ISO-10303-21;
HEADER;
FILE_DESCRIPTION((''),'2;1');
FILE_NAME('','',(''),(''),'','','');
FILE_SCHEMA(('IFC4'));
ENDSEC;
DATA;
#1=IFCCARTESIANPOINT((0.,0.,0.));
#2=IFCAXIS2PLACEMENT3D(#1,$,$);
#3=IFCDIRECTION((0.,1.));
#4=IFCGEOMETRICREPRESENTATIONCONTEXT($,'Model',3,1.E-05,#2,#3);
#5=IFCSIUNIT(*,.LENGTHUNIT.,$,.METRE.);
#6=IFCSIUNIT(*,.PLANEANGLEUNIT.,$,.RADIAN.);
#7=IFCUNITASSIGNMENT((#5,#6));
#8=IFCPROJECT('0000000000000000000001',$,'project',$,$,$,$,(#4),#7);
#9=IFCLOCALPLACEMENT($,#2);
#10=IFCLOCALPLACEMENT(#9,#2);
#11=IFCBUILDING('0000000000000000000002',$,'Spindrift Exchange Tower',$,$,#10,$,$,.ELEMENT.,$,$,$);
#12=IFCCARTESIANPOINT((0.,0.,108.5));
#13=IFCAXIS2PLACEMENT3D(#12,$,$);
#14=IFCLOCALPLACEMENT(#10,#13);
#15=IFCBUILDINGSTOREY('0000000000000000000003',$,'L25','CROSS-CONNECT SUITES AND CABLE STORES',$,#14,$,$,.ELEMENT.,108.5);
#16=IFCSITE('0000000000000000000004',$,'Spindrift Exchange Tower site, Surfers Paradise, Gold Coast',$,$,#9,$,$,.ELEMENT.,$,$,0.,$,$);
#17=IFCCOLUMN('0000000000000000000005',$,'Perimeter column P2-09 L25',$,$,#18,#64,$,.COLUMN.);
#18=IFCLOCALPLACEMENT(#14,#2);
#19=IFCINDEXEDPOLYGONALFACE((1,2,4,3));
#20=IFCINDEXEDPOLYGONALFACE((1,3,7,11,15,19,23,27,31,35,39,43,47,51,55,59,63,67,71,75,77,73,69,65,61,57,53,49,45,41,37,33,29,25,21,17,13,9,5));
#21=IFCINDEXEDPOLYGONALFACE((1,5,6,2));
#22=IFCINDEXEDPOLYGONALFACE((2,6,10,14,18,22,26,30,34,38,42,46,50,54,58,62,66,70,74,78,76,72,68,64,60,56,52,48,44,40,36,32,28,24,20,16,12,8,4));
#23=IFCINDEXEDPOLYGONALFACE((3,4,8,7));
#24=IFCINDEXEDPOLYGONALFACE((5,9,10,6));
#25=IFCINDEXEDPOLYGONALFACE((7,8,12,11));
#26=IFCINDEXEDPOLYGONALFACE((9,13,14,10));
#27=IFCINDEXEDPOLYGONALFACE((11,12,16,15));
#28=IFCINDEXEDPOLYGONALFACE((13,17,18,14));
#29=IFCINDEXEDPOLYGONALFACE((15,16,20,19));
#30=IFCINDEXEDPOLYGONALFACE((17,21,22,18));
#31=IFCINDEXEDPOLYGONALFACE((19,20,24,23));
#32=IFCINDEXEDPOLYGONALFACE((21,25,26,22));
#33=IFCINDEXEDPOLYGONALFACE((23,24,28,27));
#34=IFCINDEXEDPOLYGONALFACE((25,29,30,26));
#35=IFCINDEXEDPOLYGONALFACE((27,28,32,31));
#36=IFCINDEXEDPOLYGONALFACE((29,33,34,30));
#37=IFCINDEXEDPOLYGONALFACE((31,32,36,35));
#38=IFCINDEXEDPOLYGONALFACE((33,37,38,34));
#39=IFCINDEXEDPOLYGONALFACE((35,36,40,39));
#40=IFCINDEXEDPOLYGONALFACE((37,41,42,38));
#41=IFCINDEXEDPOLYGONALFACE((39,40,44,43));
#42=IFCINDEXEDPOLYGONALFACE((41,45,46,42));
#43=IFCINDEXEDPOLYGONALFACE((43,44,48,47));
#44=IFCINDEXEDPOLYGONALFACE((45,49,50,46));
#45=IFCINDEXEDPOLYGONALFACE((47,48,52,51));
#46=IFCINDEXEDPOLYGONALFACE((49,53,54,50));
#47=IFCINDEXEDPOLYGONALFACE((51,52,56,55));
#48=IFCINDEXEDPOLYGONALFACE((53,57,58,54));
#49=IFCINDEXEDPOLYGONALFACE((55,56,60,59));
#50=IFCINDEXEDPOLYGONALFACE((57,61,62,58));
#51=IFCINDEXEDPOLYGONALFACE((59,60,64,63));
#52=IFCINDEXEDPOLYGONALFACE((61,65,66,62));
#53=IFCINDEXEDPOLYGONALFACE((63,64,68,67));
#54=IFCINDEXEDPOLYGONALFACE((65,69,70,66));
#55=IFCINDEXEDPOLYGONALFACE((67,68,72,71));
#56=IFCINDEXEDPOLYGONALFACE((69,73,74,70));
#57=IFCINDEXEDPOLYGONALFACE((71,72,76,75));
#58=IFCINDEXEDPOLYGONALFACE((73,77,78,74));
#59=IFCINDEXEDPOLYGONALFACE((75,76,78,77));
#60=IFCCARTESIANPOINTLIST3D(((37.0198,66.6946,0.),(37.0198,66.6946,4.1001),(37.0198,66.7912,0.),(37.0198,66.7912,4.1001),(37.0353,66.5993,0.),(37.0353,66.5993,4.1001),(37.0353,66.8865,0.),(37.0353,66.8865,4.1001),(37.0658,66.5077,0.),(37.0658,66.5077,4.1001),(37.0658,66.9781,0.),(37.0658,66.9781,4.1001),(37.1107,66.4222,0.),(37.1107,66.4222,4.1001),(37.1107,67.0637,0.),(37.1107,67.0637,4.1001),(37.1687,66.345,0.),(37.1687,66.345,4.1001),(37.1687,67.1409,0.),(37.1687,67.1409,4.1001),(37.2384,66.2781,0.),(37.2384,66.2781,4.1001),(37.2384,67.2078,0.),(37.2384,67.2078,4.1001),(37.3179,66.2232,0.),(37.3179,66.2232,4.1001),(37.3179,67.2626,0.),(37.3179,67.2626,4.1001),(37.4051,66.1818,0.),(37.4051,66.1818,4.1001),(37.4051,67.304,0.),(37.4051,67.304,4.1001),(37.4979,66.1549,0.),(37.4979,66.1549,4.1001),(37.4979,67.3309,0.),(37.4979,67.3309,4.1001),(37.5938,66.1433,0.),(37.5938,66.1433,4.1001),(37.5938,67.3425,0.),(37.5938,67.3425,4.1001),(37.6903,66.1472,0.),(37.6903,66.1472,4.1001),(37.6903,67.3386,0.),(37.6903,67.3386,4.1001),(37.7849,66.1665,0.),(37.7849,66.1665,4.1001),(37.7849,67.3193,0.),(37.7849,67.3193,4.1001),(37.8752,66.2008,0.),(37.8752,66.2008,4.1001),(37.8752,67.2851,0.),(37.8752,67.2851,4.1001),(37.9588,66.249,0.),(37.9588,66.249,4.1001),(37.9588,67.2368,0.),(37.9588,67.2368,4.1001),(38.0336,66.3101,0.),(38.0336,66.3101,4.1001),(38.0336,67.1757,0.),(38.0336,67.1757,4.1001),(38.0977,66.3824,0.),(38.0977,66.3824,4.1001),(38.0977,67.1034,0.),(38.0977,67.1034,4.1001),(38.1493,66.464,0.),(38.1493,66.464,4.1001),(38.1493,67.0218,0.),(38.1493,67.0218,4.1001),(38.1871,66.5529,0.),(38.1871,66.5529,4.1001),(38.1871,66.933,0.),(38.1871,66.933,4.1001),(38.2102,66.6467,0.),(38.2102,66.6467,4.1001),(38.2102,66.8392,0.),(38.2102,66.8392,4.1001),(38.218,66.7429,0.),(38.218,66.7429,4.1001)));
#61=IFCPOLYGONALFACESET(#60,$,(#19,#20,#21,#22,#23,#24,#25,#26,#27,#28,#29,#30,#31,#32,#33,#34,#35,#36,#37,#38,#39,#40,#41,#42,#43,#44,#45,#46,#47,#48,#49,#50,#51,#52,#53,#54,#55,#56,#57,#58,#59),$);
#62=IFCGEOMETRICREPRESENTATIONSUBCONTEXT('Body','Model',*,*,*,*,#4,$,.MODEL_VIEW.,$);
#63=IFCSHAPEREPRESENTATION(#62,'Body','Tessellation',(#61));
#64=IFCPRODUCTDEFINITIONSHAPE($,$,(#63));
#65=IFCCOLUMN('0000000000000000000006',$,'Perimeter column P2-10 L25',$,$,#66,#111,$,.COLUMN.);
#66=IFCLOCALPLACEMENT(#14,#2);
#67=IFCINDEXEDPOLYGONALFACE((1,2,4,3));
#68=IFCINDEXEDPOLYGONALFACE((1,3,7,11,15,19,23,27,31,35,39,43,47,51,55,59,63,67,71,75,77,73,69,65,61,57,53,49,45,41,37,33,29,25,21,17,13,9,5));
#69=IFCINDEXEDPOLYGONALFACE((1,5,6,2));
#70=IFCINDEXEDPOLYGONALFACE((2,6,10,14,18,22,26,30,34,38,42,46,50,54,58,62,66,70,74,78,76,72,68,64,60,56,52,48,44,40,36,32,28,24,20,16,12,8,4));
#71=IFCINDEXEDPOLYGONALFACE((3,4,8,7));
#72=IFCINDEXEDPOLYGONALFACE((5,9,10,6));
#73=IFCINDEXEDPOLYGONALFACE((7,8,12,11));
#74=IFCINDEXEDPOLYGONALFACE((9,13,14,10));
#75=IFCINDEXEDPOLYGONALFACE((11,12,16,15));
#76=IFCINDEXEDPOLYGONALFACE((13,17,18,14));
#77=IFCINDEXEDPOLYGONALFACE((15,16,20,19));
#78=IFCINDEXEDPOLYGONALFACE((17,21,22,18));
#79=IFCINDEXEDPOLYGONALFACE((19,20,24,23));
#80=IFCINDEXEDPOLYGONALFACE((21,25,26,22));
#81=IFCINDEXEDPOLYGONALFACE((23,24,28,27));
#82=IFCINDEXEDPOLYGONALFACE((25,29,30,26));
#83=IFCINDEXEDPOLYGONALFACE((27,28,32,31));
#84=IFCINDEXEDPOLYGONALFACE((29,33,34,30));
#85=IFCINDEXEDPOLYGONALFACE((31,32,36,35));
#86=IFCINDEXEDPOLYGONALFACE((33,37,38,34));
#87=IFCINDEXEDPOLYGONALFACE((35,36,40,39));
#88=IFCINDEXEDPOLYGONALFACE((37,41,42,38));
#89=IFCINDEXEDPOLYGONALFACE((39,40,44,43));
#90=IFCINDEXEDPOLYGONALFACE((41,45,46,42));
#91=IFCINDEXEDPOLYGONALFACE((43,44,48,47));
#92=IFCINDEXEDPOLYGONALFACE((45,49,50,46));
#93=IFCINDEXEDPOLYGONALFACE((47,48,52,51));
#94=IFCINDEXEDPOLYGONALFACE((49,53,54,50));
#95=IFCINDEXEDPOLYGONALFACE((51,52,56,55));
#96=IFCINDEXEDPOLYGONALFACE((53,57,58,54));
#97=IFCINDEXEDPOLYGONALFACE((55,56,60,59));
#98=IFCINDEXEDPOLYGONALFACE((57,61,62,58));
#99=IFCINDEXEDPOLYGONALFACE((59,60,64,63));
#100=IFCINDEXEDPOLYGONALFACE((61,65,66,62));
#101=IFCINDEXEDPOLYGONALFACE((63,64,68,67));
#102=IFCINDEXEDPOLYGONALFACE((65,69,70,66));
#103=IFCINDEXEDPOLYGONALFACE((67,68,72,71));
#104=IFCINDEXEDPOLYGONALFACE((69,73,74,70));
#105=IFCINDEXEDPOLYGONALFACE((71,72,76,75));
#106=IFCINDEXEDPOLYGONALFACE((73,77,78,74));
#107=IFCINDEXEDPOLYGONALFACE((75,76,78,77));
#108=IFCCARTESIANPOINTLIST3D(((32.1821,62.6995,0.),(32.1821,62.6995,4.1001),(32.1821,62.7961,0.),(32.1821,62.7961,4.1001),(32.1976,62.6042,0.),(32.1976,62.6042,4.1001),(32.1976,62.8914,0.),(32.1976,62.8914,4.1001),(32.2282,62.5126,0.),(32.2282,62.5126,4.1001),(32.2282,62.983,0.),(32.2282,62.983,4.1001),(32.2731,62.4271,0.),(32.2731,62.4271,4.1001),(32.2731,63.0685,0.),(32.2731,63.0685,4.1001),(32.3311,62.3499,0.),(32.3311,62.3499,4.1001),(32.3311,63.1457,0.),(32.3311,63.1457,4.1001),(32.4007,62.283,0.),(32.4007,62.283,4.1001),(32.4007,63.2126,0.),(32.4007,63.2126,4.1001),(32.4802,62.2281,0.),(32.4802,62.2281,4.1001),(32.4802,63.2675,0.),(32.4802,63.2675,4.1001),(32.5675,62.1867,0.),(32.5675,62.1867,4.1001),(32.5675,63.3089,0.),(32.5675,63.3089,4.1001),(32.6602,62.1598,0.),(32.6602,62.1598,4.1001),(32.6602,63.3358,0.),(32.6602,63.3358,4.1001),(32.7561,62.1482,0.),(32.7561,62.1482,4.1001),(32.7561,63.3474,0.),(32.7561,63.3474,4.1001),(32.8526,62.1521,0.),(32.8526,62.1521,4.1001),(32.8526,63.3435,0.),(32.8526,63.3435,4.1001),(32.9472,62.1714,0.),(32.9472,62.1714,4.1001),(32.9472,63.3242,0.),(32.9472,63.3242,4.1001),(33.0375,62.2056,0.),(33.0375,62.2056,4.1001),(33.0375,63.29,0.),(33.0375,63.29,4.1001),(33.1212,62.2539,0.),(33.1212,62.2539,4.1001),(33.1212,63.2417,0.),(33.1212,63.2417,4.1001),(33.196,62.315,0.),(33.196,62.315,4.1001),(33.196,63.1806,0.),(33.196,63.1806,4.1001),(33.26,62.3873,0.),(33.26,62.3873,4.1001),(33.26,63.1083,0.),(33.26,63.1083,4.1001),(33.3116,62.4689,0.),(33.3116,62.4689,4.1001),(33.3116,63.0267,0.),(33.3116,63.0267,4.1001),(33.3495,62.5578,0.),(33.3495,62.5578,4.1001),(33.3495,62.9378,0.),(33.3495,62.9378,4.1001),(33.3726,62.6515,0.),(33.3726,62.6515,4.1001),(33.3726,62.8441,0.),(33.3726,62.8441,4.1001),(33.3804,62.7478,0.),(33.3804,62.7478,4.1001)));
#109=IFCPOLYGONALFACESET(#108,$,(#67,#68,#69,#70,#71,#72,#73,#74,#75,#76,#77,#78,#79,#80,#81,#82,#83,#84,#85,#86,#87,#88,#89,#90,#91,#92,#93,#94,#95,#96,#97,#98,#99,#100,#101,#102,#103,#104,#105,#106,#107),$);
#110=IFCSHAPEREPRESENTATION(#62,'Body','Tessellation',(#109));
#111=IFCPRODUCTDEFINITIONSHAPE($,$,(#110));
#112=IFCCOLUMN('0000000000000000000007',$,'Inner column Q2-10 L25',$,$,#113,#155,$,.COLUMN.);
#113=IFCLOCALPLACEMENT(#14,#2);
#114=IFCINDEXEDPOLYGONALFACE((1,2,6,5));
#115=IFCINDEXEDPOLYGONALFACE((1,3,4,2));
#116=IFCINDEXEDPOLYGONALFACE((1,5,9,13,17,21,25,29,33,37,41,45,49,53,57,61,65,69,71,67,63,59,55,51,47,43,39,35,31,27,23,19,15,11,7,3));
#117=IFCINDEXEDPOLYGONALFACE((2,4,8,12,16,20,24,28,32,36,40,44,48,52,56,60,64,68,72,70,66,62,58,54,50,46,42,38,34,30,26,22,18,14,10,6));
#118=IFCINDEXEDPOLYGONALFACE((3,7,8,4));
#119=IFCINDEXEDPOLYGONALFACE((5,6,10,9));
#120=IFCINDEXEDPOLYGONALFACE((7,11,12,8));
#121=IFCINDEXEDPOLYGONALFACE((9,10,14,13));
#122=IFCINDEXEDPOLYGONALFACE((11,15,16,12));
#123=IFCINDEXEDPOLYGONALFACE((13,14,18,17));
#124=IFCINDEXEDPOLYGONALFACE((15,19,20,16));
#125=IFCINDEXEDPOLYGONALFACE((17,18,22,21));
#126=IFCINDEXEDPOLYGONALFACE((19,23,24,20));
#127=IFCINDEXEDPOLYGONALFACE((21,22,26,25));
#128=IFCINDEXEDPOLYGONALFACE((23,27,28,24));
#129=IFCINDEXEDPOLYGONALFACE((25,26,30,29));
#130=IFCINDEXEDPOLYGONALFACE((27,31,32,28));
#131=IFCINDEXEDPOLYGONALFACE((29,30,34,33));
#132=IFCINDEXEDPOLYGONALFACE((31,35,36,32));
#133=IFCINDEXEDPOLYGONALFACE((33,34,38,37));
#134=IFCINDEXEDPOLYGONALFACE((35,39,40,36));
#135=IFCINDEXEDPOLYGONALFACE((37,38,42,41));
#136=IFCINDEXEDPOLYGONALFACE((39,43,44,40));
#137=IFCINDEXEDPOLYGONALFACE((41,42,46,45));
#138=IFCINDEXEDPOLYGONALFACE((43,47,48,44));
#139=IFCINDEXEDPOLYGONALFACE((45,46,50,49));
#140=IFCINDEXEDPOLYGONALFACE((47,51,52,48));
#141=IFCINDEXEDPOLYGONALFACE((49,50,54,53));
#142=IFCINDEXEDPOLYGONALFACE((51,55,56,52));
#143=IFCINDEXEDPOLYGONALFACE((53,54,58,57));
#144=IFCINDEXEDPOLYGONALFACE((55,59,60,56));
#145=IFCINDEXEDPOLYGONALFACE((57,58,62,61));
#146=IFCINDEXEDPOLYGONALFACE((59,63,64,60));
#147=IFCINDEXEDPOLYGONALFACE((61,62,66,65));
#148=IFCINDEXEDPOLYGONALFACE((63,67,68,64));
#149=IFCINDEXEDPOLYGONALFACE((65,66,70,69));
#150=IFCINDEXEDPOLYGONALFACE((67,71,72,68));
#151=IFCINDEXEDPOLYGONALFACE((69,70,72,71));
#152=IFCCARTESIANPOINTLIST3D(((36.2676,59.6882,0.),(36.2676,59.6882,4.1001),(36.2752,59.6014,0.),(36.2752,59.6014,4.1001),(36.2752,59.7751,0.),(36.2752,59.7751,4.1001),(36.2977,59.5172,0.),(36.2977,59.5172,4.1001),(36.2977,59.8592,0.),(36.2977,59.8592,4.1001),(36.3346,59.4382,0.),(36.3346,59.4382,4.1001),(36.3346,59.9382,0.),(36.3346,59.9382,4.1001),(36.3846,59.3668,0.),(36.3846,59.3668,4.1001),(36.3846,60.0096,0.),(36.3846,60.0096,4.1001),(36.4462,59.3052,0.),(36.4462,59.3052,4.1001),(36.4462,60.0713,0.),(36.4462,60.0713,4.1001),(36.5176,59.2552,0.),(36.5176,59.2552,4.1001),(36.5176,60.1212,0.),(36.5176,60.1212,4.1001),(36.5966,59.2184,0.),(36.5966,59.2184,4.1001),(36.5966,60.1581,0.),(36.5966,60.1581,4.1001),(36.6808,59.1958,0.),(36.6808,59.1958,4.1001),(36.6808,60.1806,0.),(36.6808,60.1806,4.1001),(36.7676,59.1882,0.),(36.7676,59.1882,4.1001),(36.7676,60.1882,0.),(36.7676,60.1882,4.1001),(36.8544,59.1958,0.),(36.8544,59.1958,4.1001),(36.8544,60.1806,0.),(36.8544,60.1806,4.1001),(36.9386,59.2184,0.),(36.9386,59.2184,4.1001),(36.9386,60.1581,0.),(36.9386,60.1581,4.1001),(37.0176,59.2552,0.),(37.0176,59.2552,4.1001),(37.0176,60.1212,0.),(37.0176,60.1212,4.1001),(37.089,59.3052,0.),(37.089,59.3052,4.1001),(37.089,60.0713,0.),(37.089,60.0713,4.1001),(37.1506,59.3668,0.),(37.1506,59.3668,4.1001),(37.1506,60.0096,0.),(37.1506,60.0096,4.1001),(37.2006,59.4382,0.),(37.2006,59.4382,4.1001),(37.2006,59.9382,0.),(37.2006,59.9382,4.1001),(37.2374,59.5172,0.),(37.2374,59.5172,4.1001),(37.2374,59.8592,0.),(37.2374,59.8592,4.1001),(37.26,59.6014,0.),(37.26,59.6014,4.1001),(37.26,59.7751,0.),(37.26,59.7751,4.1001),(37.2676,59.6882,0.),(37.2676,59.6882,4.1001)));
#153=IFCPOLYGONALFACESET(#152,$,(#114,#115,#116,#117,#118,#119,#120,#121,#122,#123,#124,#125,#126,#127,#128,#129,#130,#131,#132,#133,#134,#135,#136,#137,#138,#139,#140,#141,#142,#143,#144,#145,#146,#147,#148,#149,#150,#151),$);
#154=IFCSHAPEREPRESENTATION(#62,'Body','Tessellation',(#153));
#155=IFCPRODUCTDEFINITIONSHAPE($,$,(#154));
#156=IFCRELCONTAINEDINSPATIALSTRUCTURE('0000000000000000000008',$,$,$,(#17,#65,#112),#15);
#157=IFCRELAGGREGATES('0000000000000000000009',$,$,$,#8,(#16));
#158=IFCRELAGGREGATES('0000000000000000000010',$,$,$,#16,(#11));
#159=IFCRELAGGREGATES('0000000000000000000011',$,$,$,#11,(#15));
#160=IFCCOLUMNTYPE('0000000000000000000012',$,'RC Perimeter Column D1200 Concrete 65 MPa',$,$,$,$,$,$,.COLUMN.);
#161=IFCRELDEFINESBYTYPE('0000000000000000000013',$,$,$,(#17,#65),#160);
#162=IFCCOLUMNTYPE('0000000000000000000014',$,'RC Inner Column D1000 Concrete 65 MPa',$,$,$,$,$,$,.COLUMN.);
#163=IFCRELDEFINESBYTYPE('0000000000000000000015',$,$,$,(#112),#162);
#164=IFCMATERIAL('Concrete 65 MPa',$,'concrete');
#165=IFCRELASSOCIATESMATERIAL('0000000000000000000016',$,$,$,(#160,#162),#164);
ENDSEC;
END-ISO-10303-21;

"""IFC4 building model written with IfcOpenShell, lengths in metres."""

from ifc_helpers import new_model, si_unit, direction, frame, origin, origin_2d, place, context, subcontext, project, spatial, circle, extrude, source, transform, mapped, material, material_profile, profile_set, type_object, element, save


model = new_model("IFC4")

# Units and contexts
model_context = context("Model", 3, precision=1e-05, world=origin(), true_north=direction((0.0, 1.0)))
body_context = subcontext(model_context, "Body", "Model", "MODEL_VIEW")
ifc_project = project(units=[si_unit("LENGTHUNIT", "METRE"), si_unit("PLANEANGLEUNIT", "RADIAN")], contexts=[model_context])

# Site, building, storey
site_placement = place(None, origin())
site = spatial("IfcSite", under=ifc_project, at=site_placement, Name="Spindrift Exchange Tower site, Surfers Paradise, Gold Coast", CompositionType="ELEMENT", RefElevation=0.0)
building_placement = place(site_placement, origin())
building = spatial("IfcBuilding", under=site, at=building_placement, Name="Spindrift Exchange Tower", CompositionType="ELEMENT")
storey_placement = place(building_placement, frame((0.0, 0.0, 108.5)))
storey = spatial("IfcBuildingStorey", under=building, at=storey_placement, Name="L25", Description="CROSS-CONNECT SUITES AND CABLE STORES", CompositionType="ELEMENT", Elevation=108.5)

# Columns
ifc_material_1 = material(Name="Concrete 65 MPa", Category="concrete")
ifc_material_profile_1 = material_profile(ifc_material_1, circle(Radius=0.6001, at=origin_2d()), Name="RC D1200")
ifc_profile_set_1 = profile_set([ifc_material_profile_1], Name="Concrete 65 MPa")
column_type_1 = type_object("IfcColumnType", Name="RC Perimeter Column D1200 Concrete 65 MPa", PredefinedType="COLUMN", material=ifc_profile_set_1)
shared_shape_1 = source(origin(), body_context, "Body", "SweptSolid", [
    extrude(circle(Radius=0.6001, at=origin_2d()), origin(), (0.0, 0.0, 1.0), 4.1001),
])
for number, where, z_axis, x_axis, name in (
    (1, (37.6179, 66.7429, 0.0), (0.0, 0.0, 1.0), (1.0, 0.0, 0.0), "Perimeter column P2-09 L25"),
    (2, (32.7803, 62.7478, 0.0), (0.0, 0.0, 1.0), (1.0, 0.0, 0.0), "Perimeter column P2-10 L25"),
):
    element("IfcColumn", number, at=place(storey_placement, frame(where, z_axis=z_axis, x_axis=x_axis)), inside=storey, type_object=column_type_1, Name=name, PredefinedType="COLUMN", context=body_context, shape_type="MappedRepresentation", body=[
        mapped(shared_shape_1, transform((0.0, 0.0, 0.0), scale=1.0)),
    ])
ifc_material_profile_2 = material_profile(ifc_material_1, circle(Radius=0.5, at=origin_2d()), Name="RC D1000")
ifc_profile_set_2 = profile_set([ifc_material_profile_2], Name="Concrete 65 MPa")
column_type_2 = type_object("IfcColumnType", Name="RC Inner Column D1000 Concrete 65 MPa", PredefinedType="COLUMN", material=ifc_profile_set_2)
shared_shape_2 = source(origin(), body_context, "Body", "SweptSolid", [
    extrude(circle(Radius=0.5, at=origin_2d()), origin(), (0.0, 0.0, 1.0), 4.1001),
])
column_placement = place(storey_placement, frame((36.7676, 59.6882, 0.0), z_axis=(0.0, 0.0, 1.0), x_axis=(1.0, 0.0, 0.0)))
element("IfcColumn", 3, at=column_placement, inside=storey, type_object=column_type_2, Name="Inner column Q2-10 L25", PredefinedType="COLUMN", context=body_context, shape_type="MappedRepresentation", body=[
    mapped(shared_shape_2, transform((0.0, 0.0, 0.0), scale=1.0)),
])

save(model, "model.ifc")
